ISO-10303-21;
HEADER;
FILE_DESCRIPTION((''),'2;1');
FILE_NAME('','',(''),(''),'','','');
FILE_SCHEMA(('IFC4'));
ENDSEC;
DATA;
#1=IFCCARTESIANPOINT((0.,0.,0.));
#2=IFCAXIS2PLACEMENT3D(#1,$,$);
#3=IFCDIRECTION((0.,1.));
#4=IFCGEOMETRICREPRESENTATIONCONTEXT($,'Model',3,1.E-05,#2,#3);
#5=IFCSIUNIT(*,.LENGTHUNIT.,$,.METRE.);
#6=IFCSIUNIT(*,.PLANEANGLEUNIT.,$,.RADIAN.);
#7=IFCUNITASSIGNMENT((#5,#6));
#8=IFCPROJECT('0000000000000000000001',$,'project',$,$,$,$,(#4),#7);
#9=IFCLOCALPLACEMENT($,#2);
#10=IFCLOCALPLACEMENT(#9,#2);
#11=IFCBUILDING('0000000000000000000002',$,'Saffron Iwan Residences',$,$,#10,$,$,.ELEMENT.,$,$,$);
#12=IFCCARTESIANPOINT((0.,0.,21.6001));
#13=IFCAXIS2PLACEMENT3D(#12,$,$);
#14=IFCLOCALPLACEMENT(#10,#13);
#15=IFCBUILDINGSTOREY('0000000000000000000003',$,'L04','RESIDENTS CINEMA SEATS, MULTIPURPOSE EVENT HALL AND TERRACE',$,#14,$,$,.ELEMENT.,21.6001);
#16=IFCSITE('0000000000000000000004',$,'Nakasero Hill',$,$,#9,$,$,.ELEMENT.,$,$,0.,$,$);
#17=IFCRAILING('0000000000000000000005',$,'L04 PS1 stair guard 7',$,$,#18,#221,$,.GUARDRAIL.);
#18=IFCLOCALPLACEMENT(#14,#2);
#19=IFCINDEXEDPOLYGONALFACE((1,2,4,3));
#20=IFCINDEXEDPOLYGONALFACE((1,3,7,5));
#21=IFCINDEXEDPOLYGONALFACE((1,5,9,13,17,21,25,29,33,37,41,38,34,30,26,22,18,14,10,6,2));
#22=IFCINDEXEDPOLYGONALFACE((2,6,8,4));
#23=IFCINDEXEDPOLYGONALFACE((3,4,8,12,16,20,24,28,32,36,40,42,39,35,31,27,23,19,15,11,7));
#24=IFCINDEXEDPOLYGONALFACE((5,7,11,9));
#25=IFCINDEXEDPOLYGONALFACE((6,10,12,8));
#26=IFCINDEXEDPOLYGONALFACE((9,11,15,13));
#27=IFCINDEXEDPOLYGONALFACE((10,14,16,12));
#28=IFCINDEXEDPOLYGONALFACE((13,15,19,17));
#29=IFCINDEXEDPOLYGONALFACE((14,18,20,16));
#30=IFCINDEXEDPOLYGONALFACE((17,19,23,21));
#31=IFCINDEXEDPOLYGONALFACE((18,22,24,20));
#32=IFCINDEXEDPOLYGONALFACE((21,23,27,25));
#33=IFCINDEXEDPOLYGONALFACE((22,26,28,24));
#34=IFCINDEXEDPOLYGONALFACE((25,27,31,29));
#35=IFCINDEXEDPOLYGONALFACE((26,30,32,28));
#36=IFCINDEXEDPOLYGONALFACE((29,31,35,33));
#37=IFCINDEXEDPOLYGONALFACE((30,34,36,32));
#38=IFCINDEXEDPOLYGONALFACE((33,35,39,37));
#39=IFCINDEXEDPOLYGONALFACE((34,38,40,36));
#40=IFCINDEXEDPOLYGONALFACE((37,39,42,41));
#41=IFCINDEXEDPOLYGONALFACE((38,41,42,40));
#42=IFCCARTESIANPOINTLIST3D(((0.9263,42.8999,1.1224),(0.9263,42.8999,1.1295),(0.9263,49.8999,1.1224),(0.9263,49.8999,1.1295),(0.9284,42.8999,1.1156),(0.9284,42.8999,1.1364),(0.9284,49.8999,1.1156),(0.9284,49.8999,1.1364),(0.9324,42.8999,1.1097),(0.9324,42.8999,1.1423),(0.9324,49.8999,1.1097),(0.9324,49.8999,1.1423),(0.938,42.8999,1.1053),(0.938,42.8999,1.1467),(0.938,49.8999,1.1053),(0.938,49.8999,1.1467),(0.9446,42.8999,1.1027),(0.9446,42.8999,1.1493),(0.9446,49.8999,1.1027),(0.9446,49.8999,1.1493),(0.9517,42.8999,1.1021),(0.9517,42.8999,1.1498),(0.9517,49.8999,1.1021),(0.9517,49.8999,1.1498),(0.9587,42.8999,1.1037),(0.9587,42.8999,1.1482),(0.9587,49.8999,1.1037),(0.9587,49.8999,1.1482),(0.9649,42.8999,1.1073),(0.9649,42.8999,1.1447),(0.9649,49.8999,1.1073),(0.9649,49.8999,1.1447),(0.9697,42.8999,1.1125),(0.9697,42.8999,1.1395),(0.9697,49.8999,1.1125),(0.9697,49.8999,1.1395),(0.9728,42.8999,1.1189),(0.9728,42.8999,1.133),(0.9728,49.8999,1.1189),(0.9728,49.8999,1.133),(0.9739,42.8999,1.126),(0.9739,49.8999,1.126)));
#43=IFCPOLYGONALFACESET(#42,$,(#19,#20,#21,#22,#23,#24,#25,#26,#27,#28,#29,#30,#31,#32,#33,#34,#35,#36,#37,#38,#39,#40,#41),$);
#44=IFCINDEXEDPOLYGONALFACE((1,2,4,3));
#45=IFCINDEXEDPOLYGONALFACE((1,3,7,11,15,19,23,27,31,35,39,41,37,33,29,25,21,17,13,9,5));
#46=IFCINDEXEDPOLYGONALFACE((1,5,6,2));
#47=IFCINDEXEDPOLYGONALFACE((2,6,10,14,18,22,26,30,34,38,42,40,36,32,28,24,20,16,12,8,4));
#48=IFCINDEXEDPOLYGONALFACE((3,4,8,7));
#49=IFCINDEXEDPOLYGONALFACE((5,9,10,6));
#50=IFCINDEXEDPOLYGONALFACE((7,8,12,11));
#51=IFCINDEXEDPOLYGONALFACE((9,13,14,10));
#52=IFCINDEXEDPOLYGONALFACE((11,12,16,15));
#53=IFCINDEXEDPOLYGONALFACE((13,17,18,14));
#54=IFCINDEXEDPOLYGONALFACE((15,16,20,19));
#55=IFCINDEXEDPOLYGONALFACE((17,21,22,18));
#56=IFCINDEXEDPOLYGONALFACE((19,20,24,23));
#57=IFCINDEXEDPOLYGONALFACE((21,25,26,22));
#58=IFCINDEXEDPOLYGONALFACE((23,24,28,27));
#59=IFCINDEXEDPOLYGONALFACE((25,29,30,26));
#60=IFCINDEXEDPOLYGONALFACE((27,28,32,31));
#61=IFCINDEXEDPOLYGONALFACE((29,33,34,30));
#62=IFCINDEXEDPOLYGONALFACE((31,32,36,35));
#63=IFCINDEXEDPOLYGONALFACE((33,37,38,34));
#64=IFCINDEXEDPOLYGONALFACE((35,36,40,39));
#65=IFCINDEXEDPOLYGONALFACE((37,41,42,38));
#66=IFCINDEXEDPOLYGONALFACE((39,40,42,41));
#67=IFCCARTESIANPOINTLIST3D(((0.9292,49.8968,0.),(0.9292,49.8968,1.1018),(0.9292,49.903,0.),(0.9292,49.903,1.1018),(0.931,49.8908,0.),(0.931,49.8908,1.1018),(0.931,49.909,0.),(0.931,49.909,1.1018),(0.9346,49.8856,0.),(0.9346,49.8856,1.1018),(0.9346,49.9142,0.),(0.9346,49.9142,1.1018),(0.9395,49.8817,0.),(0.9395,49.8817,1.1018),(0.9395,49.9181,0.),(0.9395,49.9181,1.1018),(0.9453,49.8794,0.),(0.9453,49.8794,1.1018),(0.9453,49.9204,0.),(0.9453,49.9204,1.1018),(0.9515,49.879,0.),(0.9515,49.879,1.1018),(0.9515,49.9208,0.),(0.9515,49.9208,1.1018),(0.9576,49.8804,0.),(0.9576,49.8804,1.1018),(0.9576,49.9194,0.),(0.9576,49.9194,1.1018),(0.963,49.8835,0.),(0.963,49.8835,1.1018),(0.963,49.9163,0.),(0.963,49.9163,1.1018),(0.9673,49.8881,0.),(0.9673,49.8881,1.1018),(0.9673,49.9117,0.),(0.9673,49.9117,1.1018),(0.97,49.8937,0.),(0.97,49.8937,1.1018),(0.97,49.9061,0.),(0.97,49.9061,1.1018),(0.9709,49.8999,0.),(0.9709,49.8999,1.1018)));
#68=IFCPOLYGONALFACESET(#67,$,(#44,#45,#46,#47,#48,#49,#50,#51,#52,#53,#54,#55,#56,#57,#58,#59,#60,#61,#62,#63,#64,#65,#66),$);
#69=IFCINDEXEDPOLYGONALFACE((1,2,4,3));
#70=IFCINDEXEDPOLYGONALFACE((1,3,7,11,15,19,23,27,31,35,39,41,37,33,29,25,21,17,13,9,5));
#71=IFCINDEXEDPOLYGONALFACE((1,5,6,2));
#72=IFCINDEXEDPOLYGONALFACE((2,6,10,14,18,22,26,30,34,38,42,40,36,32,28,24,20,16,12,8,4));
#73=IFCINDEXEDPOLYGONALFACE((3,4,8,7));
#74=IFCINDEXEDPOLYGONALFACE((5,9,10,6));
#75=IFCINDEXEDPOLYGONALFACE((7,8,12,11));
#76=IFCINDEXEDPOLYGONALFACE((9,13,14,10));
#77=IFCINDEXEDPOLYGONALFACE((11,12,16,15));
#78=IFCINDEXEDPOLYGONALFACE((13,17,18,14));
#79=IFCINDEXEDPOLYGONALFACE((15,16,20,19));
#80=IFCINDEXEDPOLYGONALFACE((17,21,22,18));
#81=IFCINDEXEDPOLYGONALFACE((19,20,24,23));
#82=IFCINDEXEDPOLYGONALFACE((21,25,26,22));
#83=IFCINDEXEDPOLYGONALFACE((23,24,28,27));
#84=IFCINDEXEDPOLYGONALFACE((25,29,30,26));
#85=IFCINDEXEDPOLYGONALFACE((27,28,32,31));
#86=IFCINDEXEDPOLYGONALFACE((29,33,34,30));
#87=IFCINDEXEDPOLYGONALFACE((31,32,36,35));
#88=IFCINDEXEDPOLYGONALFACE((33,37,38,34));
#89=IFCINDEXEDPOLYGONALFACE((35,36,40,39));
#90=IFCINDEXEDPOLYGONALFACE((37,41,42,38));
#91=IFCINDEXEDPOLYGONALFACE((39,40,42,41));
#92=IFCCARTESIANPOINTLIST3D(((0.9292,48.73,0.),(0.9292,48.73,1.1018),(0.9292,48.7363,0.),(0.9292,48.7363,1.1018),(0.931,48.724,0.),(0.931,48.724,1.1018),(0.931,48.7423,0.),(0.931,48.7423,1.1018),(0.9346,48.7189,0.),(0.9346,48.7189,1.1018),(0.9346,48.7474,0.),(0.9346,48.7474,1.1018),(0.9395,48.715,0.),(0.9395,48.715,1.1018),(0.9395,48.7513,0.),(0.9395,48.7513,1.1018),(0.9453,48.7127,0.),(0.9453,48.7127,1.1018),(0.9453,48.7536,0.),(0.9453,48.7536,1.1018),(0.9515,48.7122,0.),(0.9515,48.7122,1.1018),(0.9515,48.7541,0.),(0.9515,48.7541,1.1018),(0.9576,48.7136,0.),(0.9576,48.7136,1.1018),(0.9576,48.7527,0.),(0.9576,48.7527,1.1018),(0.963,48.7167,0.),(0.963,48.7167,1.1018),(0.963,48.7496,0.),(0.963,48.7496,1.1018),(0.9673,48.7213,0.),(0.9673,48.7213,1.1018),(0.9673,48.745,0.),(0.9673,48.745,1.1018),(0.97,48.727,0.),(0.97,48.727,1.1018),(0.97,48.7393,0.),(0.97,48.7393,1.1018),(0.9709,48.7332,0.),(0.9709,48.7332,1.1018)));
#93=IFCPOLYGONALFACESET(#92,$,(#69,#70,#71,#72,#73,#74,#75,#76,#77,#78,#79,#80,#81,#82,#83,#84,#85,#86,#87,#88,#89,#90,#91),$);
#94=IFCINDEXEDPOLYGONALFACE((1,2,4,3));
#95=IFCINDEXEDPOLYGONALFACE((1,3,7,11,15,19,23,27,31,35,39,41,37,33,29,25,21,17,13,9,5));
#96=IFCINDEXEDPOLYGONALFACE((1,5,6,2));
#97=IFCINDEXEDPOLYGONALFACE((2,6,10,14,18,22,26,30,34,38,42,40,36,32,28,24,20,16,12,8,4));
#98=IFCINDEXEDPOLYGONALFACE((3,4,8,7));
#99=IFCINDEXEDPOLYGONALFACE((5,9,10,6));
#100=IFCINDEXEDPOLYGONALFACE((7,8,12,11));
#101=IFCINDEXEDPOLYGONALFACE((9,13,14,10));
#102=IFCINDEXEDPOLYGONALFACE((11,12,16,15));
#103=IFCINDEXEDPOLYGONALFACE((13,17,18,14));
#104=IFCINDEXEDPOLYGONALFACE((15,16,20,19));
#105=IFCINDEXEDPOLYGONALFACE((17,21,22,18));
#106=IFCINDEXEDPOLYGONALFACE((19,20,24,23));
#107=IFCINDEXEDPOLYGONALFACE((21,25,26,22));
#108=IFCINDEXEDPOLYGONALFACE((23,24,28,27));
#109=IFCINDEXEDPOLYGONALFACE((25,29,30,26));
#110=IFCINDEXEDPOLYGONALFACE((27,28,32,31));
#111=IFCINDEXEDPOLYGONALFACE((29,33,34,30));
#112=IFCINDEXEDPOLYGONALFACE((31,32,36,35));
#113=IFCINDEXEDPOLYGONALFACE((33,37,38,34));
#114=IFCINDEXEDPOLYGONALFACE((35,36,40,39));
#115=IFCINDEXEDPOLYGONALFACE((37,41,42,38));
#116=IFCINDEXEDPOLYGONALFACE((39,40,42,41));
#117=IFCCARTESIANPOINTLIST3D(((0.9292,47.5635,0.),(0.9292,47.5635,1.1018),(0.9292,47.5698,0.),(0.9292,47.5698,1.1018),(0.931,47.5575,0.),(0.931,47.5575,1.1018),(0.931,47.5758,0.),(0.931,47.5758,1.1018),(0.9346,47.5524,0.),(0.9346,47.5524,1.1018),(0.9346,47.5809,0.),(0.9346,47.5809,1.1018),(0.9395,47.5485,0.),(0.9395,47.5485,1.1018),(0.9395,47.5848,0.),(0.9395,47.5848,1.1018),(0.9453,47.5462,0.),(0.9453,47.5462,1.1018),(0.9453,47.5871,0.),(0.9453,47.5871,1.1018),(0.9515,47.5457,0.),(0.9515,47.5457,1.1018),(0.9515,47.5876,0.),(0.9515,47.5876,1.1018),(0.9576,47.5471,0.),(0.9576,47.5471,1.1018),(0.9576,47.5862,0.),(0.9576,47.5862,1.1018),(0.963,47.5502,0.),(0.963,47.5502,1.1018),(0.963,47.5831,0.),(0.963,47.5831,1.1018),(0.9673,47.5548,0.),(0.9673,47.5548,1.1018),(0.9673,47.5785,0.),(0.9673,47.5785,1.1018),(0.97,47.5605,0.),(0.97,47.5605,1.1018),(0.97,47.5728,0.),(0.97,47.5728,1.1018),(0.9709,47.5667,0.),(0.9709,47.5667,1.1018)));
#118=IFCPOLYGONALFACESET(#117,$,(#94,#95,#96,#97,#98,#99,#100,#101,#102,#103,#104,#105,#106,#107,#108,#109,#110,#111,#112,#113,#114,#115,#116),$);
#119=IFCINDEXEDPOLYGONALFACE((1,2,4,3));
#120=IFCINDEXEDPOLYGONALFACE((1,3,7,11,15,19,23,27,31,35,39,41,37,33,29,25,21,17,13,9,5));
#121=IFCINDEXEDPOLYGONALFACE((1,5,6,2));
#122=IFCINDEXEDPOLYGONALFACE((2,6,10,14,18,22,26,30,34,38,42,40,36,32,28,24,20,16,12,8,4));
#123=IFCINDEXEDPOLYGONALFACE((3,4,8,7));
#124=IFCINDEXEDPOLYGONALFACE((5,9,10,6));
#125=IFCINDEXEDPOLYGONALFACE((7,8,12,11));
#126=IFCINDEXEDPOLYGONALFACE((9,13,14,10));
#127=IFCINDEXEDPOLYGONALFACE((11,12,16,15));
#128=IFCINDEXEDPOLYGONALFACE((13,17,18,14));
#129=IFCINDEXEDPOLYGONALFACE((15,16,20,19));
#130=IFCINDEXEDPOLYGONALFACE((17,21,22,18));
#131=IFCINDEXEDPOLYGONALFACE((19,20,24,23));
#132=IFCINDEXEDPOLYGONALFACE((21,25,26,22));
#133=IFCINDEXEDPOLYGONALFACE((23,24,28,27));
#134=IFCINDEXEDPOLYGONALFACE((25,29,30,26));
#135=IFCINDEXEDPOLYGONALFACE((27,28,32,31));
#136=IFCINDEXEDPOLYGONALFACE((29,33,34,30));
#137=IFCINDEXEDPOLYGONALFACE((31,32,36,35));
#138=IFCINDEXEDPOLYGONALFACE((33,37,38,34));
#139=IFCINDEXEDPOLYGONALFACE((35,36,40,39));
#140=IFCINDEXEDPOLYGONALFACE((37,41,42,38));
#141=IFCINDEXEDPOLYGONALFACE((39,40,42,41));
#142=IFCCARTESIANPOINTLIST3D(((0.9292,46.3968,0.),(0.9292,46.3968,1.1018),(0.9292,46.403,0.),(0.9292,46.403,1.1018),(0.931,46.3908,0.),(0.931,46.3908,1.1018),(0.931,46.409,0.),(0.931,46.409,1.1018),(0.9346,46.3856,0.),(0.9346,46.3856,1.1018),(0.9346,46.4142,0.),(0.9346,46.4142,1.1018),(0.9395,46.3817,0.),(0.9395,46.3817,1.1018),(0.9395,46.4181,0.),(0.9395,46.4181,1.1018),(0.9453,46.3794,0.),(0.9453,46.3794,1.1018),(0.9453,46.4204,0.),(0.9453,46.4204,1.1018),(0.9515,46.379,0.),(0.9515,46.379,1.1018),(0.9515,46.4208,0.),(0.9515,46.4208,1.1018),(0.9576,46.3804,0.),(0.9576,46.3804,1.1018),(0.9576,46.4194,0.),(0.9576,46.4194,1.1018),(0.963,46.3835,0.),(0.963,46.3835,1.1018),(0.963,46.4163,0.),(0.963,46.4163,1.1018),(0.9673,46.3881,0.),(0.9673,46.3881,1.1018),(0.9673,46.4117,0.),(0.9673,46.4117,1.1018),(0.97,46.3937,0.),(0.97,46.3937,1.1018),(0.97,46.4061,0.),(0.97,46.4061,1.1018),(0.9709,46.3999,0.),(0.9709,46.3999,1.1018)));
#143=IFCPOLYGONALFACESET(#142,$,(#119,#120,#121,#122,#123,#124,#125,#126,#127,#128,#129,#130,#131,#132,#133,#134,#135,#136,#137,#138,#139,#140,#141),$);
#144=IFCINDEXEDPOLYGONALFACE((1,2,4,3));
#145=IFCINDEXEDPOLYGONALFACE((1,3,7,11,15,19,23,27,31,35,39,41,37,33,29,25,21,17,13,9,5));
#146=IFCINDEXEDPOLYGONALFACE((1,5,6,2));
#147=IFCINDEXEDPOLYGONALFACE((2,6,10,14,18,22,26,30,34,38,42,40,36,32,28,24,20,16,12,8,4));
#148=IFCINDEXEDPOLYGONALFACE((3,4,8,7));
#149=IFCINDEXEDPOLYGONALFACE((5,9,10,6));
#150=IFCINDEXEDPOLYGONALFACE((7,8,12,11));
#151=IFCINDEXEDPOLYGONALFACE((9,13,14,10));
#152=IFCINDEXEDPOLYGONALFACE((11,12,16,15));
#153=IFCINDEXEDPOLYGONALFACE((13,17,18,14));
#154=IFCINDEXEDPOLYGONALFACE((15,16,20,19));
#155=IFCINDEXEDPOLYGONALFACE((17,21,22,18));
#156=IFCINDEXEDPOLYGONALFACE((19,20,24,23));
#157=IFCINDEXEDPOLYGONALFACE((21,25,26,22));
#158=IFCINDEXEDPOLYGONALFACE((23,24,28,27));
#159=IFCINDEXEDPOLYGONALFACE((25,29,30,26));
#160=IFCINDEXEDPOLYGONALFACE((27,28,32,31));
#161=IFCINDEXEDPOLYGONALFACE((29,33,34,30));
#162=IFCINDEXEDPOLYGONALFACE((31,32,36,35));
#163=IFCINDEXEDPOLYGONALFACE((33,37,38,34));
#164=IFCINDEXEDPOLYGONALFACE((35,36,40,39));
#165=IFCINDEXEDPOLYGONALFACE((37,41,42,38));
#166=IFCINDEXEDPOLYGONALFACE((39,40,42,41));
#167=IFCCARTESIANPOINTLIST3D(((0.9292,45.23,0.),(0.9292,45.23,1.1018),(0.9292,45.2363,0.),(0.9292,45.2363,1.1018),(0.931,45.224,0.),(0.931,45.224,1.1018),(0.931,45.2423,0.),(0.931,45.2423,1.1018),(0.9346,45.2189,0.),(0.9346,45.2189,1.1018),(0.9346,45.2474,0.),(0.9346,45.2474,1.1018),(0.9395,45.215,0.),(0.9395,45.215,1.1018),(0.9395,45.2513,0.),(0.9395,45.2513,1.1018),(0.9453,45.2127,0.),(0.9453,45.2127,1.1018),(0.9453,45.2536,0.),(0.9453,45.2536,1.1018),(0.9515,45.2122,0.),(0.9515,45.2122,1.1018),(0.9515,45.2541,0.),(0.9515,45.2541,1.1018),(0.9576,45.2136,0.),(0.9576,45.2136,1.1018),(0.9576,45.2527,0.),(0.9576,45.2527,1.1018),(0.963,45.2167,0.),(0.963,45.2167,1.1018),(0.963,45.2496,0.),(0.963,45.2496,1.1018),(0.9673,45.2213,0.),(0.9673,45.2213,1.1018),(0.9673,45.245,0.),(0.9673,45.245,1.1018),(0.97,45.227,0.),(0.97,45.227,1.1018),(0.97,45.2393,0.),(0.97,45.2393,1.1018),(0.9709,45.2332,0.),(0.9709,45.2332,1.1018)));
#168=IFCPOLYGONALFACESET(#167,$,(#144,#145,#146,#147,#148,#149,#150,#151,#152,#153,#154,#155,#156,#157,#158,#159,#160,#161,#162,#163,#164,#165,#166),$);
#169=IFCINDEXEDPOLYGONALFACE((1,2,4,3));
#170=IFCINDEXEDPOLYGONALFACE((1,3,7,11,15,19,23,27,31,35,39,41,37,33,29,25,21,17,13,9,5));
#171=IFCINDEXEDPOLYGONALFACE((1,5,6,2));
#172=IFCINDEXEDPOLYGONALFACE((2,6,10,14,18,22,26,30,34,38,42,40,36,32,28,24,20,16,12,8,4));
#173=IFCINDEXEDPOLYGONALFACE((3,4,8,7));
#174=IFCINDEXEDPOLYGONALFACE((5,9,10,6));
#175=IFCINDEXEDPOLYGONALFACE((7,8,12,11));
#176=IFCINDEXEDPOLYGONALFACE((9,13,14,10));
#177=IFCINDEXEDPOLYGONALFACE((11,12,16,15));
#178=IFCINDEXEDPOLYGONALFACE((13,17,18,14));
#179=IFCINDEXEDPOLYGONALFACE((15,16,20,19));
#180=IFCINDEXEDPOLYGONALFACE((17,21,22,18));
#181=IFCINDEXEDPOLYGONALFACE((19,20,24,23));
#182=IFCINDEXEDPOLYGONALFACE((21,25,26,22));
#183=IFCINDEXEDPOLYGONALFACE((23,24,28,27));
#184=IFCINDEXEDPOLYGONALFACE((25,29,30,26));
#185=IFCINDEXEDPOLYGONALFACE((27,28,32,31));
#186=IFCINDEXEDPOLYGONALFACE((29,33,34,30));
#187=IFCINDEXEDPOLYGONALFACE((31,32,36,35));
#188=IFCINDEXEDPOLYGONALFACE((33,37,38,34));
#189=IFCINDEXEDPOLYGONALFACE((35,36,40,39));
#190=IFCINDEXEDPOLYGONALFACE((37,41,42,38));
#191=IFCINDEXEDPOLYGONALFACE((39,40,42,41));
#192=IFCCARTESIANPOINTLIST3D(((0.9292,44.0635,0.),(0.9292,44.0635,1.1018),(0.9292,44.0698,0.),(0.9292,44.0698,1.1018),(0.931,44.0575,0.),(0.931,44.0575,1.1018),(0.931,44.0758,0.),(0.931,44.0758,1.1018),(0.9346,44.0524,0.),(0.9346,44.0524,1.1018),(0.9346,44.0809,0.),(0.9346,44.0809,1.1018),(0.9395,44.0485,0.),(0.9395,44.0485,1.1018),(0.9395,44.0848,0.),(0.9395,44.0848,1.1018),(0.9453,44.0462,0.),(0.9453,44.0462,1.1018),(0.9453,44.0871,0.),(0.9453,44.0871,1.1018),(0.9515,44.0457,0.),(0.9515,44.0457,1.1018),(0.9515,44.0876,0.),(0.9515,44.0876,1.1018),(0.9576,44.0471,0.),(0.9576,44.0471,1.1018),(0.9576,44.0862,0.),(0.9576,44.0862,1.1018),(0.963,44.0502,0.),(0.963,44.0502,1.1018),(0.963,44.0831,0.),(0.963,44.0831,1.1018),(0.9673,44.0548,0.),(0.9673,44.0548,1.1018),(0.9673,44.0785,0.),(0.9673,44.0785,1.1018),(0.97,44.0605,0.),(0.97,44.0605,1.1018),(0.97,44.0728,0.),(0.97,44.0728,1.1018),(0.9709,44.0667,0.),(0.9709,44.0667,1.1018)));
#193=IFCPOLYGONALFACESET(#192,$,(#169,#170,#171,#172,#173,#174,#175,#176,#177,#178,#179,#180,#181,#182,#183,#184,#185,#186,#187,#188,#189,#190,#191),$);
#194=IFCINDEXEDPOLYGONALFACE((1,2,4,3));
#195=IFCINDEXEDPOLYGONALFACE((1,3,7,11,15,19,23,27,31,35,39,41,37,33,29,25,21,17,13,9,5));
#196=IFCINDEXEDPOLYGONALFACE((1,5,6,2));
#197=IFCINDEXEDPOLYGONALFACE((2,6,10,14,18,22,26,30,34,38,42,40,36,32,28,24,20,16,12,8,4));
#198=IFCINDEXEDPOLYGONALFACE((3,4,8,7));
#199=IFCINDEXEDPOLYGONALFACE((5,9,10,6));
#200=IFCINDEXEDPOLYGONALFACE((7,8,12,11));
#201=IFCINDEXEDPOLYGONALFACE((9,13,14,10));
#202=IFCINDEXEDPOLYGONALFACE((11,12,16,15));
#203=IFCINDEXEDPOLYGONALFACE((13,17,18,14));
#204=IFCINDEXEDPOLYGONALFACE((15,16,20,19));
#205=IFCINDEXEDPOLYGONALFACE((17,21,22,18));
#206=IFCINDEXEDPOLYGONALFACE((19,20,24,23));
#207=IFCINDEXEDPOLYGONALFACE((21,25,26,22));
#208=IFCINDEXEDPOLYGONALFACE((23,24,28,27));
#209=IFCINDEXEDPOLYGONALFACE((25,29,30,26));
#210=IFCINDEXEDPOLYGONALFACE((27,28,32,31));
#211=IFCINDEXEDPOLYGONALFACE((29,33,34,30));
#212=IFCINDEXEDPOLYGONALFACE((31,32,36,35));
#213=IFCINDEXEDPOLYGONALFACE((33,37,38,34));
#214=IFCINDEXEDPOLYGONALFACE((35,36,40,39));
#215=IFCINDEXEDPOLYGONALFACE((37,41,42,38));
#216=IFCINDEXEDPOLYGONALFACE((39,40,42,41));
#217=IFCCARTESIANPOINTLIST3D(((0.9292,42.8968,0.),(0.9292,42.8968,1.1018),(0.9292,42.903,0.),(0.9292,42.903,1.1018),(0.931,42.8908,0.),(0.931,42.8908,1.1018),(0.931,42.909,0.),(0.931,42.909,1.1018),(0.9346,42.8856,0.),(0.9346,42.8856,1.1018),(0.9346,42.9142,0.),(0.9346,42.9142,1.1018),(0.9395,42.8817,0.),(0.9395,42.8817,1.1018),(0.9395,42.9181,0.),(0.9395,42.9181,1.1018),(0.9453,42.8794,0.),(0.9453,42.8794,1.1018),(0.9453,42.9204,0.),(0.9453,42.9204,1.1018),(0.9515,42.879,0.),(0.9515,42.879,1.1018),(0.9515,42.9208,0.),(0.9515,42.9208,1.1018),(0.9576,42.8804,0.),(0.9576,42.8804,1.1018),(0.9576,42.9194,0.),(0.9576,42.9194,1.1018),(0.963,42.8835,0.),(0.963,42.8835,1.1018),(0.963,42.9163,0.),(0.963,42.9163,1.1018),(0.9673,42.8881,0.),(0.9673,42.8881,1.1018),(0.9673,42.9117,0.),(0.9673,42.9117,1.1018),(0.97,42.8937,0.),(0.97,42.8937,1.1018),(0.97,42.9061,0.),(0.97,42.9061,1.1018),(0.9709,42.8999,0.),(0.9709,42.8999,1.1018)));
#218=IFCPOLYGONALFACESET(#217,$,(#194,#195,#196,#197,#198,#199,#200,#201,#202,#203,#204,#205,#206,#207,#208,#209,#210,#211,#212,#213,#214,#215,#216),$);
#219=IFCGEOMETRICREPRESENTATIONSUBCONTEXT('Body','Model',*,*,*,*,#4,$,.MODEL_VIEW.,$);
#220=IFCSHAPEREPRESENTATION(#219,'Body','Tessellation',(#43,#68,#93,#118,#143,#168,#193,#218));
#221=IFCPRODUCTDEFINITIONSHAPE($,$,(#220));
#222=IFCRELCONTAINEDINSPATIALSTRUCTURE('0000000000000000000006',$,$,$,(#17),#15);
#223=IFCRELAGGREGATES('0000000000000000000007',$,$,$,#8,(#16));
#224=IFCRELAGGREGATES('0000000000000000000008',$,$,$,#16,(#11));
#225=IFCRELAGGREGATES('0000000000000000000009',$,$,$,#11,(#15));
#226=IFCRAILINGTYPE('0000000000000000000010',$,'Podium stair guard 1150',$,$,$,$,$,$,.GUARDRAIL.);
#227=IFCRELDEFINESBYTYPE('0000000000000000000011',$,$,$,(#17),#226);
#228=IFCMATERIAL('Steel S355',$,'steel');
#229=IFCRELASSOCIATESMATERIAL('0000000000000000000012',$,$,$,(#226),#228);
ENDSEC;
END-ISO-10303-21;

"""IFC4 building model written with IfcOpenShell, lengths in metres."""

from ifc_helpers import new_model, si_unit, direction, frame, origin, origin_2d, place, context, subcontext, project, spatial, circle, extrude, material, type_object, element, save


model = new_model("IFC4")

# Units and contexts
model_context = context("Model", 3, precision=1e-05, world=origin(), true_north=direction((0.0, 1.0)))
body_context = subcontext(model_context, "Body", "Model", "MODEL_VIEW")
ifc_project = project(units=[si_unit("LENGTHUNIT", "METRE"), si_unit("PLANEANGLEUNIT", "RADIAN")], contexts=[model_context])

# Site, building, storey
site_placement = place(None, origin())
site = spatial("IfcSite", under=ifc_project, at=site_placement, Name="Nakasero Hill", CompositionType="ELEMENT", RefElevation=0.0)
building_placement = place(site_placement, origin())
building = spatial("IfcBuilding", under=site, at=building_placement, Name="Saffron Iwan Residences", CompositionType="ELEMENT")
storey_placement = place(building_placement, frame((0.0, 0.0, 21.6001)))
storey = spatial("IfcBuildingStorey", under=building, at=storey_placement, Name="L04", Description="RESIDENTS CINEMA SEATS, MULTIPURPOSE EVENT HALL AND TERRACE", CompositionType="ELEMENT", Elevation=21.6001)

# Railing
ifc_material_1 = material(Name="Steel S355", Category="steel")
railing_type = type_object("IfcRailingType", Name="Podium stair guard 1150", PredefinedType="GUARDRAIL", material=ifc_material_1)
railing_1_placement = place(storey_placement, frame((0.95, 49.8999, 0.0)))
element("IfcRailing", 1, at=railing_1_placement, inside=storey, type_object=railing_type, Name="L04 PS1 stair guard 7", PredefinedType="GUARDRAIL", context=body_context, shape_type="SweptSolid", body=[
    extrude(circle(Radius=0.0239, at=origin_2d()), frame((0.0, 0.0, 1.126), z_axis=(0.0, -1.0, 0.0), x_axis=(1.0, 0.0, 0.0)), (0.0, 0.0, 1.0), 7.0),
    extrude(circle(Radius=0.021, at=origin_2d()), origin(), (0.0, 0.0, 1.0), 1.1018),
    extrude(circle(Radius=0.021, at=origin_2d()), frame((0.0, -1.1667, 0.0)), (0.0, 0.0, 1.0), 1.1018),
    extrude(circle(Radius=0.021, at=origin_2d()), frame((0.0, -2.3333, 0.0)), (0.0, 0.0, 1.0), 1.1018),
    extrude(circle(Radius=0.021, at=origin_2d()), frame((0.0, -3.5, 0.0)), (0.0, 0.0, 1.0), 1.1018),
    extrude(circle(Radius=0.021, at=origin_2d()), frame((0.0, -4.6667, 0.0)), (0.0, 0.0, 1.0), 1.1018),
    extrude(circle(Radius=0.021, at=origin_2d()), frame((0.0, -5.8333, 0.0)), (0.0, 0.0, 1.0), 1.1018),
    extrude(circle(Radius=0.021, at=origin_2d()), frame((0.0, -7.0, 0.0)), (0.0, 0.0, 1.0), 1.1018),
])

save(model, "model.ifc")
